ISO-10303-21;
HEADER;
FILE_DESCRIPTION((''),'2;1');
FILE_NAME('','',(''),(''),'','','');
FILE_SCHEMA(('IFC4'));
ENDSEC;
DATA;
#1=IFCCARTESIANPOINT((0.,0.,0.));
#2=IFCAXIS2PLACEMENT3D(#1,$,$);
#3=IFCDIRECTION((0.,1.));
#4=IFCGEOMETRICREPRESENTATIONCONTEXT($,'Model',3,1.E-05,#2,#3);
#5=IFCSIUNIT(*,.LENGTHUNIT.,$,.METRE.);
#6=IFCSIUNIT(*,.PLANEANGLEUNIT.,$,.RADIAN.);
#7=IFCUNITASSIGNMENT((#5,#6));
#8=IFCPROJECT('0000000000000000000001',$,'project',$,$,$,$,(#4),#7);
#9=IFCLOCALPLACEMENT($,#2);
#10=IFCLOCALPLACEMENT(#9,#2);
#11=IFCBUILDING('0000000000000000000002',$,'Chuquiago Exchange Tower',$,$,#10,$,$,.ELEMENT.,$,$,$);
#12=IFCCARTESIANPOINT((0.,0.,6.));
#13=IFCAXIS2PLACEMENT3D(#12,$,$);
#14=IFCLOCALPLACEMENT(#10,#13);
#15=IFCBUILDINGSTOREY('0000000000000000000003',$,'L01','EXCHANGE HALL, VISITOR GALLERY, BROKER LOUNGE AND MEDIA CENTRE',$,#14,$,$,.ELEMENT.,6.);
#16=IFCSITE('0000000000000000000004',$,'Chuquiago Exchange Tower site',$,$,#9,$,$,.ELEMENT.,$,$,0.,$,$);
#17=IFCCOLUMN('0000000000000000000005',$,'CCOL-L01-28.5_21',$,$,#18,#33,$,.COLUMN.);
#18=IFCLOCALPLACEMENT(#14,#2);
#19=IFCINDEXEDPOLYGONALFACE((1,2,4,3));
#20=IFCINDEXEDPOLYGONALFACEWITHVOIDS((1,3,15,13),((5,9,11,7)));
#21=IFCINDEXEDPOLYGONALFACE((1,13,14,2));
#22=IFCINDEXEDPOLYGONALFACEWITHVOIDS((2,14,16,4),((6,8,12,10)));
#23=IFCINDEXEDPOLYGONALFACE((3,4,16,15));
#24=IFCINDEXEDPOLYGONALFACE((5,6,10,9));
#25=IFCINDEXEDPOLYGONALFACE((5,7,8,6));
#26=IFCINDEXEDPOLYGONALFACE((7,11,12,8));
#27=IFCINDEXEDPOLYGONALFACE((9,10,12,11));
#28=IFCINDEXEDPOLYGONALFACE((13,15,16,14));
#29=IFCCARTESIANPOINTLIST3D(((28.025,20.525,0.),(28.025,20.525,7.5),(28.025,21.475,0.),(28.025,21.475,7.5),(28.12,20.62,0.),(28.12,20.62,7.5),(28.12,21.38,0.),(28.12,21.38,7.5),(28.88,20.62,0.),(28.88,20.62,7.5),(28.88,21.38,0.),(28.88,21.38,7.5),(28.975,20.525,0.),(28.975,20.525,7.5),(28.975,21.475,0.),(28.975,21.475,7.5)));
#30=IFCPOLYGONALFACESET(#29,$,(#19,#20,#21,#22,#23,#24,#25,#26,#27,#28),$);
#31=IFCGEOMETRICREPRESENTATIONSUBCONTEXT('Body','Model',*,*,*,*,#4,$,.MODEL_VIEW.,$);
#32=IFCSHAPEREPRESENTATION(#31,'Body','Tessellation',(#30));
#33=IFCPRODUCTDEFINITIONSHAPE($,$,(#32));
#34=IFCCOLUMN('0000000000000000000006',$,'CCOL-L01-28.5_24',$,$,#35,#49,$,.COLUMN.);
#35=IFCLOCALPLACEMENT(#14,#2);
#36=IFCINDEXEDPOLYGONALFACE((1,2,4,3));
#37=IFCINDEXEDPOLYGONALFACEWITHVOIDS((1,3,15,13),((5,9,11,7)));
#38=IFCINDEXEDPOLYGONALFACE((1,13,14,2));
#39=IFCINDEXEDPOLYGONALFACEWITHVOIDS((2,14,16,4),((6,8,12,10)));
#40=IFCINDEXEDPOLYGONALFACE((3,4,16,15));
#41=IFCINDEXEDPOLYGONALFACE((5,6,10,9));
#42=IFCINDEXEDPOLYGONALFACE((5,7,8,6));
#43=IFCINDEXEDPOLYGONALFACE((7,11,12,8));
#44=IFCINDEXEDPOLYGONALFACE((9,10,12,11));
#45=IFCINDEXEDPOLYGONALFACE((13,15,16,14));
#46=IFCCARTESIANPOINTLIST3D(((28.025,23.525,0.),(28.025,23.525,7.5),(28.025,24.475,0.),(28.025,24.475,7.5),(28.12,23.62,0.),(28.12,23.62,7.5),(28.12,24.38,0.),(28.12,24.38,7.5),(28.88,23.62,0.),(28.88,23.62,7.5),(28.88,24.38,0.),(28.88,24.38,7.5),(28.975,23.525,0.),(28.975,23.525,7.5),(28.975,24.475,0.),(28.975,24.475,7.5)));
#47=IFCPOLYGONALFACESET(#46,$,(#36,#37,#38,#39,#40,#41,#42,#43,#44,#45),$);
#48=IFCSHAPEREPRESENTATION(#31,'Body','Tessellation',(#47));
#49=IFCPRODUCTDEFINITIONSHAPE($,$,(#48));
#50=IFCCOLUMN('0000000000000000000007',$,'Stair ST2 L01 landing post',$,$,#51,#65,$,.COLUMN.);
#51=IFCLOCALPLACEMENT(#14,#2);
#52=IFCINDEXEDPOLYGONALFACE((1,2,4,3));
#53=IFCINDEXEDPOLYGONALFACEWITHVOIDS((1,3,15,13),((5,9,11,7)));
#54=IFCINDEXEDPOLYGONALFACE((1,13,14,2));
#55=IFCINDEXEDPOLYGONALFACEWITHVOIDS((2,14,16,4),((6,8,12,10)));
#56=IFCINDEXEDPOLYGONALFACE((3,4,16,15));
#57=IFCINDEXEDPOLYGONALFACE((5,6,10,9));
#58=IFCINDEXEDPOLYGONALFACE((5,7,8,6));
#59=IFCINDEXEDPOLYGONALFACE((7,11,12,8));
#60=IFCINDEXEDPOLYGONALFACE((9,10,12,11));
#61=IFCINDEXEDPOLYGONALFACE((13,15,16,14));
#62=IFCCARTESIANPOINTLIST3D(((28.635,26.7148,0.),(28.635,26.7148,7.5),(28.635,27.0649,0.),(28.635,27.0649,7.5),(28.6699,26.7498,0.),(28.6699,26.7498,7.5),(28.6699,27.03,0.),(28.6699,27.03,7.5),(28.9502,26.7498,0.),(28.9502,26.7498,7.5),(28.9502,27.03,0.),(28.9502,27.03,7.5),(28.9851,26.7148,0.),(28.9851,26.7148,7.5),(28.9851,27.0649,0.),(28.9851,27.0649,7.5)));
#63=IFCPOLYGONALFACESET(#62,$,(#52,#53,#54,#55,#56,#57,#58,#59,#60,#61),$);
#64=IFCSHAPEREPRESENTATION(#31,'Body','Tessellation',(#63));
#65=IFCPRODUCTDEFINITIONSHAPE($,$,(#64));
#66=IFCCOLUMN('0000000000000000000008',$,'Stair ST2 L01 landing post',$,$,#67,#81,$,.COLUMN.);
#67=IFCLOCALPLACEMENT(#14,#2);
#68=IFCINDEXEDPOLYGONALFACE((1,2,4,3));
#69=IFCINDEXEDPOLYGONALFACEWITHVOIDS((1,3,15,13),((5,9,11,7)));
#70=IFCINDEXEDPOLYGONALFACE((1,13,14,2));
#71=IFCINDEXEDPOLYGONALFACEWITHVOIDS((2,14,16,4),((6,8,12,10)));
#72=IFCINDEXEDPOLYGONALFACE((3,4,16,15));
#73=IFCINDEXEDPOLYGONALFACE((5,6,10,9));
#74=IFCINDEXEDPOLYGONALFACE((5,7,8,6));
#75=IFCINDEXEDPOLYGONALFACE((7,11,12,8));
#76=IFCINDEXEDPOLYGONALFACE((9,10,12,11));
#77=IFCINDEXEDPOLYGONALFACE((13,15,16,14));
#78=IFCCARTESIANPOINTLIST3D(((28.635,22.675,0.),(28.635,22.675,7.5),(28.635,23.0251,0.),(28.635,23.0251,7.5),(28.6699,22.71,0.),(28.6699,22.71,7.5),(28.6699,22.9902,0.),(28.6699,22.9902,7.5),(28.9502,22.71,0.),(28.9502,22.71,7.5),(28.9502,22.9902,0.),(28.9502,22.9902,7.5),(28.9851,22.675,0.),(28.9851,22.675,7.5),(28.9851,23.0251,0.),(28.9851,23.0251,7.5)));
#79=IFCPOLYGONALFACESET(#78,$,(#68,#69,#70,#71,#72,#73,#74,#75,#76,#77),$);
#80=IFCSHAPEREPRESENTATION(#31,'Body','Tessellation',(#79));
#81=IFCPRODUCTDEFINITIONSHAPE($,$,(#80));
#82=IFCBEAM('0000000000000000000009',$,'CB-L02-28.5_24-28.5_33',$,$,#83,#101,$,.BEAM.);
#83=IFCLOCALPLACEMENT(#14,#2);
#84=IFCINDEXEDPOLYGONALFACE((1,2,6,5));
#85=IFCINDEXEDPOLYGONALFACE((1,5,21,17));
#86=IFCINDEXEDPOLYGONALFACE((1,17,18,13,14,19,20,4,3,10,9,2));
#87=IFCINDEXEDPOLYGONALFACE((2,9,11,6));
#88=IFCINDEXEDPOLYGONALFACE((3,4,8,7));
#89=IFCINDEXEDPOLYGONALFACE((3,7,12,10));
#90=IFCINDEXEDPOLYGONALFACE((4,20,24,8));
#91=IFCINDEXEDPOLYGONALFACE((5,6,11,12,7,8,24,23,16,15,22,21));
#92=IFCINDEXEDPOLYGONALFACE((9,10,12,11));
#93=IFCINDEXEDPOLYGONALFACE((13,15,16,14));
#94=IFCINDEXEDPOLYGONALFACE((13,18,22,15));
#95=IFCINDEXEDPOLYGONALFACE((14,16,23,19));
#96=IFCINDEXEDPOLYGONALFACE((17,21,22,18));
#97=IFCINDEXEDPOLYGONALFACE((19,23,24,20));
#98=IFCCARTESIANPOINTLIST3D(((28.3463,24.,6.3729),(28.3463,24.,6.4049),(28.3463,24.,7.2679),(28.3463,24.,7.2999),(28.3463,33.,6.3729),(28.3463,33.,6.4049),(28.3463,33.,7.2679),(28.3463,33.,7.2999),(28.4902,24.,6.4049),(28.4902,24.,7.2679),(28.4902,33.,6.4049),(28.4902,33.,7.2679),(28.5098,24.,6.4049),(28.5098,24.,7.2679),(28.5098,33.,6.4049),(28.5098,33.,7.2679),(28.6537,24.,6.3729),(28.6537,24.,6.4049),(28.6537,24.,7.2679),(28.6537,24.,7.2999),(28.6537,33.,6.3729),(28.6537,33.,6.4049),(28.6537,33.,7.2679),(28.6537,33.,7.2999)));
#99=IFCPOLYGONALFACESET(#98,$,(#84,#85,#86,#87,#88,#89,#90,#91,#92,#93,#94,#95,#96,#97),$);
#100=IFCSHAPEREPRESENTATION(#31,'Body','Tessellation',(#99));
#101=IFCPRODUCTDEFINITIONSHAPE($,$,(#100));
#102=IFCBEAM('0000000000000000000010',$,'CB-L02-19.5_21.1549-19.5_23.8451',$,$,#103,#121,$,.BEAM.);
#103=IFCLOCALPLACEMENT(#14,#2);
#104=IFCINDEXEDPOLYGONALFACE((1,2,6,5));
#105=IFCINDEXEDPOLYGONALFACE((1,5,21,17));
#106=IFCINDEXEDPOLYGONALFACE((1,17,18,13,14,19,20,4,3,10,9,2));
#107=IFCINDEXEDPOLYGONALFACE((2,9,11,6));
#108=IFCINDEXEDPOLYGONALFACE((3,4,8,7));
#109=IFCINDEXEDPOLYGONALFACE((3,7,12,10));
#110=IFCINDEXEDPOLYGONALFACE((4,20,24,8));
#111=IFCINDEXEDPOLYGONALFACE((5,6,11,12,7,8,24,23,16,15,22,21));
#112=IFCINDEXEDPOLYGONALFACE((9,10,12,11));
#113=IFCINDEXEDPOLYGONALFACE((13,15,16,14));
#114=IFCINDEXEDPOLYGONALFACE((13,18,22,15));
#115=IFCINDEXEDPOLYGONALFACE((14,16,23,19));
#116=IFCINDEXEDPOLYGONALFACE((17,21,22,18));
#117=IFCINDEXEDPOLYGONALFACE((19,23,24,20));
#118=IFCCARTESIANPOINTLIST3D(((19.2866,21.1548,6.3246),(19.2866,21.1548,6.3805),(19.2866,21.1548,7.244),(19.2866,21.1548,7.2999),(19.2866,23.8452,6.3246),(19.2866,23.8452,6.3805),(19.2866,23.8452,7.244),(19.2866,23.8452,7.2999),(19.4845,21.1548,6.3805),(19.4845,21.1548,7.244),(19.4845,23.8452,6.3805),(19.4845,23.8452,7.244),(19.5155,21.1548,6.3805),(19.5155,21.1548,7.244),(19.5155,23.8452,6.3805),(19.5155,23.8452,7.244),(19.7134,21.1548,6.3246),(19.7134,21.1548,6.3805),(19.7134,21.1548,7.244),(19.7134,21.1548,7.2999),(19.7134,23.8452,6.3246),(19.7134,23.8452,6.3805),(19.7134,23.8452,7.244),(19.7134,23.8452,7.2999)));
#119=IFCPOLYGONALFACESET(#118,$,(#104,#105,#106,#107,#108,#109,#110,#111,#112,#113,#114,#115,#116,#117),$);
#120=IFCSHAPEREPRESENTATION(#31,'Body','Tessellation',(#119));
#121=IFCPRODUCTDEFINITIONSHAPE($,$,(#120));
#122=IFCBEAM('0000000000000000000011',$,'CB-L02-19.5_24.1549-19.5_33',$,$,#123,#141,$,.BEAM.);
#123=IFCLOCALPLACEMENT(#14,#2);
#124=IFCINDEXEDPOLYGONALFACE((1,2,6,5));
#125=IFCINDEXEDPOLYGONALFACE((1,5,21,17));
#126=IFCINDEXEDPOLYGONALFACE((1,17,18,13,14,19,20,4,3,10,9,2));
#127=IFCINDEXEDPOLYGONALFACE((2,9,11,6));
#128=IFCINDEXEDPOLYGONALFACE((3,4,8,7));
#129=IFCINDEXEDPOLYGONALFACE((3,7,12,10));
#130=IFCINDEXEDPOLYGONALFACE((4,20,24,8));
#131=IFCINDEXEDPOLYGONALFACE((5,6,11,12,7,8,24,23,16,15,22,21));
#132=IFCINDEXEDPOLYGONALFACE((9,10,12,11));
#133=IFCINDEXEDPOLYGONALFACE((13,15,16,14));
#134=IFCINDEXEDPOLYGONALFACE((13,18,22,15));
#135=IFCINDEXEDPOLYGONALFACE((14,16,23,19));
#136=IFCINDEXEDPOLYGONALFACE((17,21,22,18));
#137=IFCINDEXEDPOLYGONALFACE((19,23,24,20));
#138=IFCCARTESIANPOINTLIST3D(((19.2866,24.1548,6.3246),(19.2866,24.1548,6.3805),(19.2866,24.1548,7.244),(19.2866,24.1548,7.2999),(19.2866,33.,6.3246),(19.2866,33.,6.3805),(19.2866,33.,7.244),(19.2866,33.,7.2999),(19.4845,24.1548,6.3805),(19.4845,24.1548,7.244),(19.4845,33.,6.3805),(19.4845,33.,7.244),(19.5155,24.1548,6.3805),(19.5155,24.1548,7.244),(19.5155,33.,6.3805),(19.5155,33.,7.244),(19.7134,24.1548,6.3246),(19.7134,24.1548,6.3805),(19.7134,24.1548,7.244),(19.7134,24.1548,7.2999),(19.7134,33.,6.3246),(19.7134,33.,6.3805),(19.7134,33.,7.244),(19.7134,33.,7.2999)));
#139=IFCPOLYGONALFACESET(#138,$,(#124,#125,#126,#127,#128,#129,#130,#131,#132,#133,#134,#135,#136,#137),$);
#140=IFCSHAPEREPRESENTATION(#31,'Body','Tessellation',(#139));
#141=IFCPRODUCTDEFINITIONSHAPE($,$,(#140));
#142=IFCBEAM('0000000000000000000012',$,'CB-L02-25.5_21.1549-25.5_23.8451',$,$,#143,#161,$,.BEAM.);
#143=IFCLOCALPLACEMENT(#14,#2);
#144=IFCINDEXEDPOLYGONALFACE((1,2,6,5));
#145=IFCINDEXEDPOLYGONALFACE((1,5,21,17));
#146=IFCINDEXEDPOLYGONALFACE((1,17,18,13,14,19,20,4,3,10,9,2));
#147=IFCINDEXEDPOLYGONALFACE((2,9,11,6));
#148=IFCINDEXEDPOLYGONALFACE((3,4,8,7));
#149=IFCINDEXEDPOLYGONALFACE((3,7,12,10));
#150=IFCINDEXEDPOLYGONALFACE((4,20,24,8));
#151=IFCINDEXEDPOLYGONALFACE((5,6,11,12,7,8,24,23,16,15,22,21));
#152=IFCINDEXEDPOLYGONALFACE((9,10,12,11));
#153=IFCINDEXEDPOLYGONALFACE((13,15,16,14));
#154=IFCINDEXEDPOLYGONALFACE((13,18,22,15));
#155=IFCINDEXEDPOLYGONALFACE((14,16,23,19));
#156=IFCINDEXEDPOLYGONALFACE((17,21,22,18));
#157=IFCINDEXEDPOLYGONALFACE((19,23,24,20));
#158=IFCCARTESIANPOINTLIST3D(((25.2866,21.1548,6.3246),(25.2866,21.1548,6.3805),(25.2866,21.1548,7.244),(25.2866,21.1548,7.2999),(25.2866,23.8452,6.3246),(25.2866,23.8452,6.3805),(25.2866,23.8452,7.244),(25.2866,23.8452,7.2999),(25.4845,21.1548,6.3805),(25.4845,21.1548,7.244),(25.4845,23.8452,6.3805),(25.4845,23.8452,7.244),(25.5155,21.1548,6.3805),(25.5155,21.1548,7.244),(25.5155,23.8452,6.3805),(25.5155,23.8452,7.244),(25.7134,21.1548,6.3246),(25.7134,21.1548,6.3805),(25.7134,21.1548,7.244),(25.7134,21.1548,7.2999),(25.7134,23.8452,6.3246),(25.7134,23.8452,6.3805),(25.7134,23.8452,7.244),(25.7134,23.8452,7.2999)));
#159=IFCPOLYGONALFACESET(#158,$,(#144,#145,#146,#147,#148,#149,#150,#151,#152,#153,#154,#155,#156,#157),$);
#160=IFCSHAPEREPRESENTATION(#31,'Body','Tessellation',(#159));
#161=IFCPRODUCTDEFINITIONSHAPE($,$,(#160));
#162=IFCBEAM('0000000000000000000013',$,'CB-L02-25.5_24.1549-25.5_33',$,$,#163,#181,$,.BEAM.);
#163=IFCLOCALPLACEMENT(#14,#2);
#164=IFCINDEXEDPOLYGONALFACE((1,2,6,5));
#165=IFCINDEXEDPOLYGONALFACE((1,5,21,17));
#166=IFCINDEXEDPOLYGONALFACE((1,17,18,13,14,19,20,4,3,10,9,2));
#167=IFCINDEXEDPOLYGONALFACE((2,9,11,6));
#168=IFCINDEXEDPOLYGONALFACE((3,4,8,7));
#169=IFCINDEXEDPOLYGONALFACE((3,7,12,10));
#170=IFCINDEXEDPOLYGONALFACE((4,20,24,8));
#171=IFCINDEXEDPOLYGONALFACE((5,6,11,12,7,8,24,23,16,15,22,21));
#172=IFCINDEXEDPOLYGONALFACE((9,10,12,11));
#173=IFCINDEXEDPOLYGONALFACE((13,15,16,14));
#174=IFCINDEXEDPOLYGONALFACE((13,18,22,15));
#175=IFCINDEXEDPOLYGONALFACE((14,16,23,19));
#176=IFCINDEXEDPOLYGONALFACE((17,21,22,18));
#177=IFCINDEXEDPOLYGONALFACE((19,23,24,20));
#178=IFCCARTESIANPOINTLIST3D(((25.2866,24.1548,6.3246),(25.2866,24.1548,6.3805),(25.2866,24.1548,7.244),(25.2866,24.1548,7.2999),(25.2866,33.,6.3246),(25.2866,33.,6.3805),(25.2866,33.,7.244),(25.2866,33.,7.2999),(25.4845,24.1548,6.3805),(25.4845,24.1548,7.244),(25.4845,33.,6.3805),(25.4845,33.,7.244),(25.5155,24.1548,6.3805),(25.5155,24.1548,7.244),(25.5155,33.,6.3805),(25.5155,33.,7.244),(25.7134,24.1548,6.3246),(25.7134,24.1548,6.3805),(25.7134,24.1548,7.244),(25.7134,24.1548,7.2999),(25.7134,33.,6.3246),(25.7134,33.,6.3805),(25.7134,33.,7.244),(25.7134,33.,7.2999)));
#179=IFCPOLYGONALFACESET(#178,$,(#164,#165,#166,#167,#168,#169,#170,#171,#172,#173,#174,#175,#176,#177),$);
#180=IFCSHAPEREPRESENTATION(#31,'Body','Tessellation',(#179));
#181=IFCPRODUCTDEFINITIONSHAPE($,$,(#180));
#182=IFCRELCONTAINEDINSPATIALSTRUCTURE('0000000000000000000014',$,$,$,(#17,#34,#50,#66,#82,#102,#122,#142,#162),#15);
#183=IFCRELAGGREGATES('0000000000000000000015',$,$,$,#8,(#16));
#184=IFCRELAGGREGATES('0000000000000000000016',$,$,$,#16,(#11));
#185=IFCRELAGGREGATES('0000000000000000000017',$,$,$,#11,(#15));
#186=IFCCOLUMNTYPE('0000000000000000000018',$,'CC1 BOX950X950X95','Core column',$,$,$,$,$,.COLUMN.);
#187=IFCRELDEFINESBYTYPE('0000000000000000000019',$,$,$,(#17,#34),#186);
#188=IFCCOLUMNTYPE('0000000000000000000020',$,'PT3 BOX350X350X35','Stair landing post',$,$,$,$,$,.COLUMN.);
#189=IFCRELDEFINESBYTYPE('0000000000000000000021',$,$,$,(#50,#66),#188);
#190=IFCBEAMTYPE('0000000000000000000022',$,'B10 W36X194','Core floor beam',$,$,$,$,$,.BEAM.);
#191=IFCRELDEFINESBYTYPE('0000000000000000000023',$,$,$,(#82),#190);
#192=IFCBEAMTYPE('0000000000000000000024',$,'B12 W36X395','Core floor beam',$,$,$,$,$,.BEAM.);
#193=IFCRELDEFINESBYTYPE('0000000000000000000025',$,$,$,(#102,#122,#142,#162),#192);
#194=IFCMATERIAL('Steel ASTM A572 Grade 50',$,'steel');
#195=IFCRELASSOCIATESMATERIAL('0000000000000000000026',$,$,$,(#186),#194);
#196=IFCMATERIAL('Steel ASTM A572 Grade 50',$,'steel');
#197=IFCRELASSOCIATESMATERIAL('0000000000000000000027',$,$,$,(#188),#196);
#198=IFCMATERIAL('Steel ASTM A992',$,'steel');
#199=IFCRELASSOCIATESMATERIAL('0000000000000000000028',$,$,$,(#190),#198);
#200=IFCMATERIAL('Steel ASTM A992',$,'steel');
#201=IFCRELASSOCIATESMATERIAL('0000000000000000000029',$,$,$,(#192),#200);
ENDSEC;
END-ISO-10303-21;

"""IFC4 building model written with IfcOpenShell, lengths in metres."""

from ifc_helpers import new_model, si_unit, direction, frame, origin, origin_2d, place, context, subcontext, project, spatial, hollow_rectangle, i_section, extrude, material, material_profile, profile_set, type_object, element, save


model = new_model("IFC4")

# Units and contexts
model_context = context("Model", 3, precision=1e-05, world=origin(), true_north=direction((0.0, 1.0)))
body_context = subcontext(model_context, "Body", "Model", "MODEL_VIEW")
ifc_project = project(units=[si_unit("LENGTHUNIT", "METRE"), si_unit("PLANEANGLEUNIT", "RADIAN")], contexts=[model_context])

# Site, building, storey
site_placement = place(None, origin())
site = spatial("IfcSite", under=ifc_project, at=site_placement, Name="Chuquiago Exchange Tower site", CompositionType="ELEMENT", RefElevation=0.0)
building_placement = place(site_placement, origin())
building = spatial("IfcBuilding", under=site, at=building_placement, Name="Chuquiago Exchange Tower", CompositionType="ELEMENT")
storey_placement = place(building_placement, frame((0.0, 0.0, 6.0)))
storey = spatial("IfcBuildingStorey", under=building, at=storey_placement, Name="L01", Description="EXCHANGE HALL, VISITOR GALLERY, BROKER LOUNGE AND MEDIA CENTRE", CompositionType="ELEMENT", Elevation=6.0)

# Columns
ifc_material_1 = material(Name="Steel ASTM A572 Grade 50", Category="steel")
ifc_material_profile_1 = material_profile(ifc_material_1, hollow_rectangle(XDim=0.95, YDim=0.95, WallThickness=0.095, at=origin_2d()), Name="BOX950X950X95")
ifc_profile_set_1 = profile_set([ifc_material_profile_1], Name="Steel ASTM A572 Grade 50")
column_type_1 = type_object("IfcColumnType", Name="CC1 BOX950X950X95", Description="Core column", PredefinedType="COLUMN", material=ifc_profile_set_1)
for number, where, z_axis, x_axis, name in (
    (1, (28.5, 21.0, 0.0), (0.0, 0.0, 1.0), (1.0, 0.0, 0.0), "CCOL-L01-28.5_21"),
    (2, (28.5, 24.0, 0.0), (0.0, 0.0, 1.0), (1.0, 0.0, 0.0), "CCOL-L01-28.5_24"),
):
    element("IfcColumn", number, at=place(storey_placement, frame(where, z_axis=z_axis, x_axis=x_axis)), inside=storey, type_object=column_type_1, Name=name, PredefinedType="COLUMN", context=body_context, shape_type="SweptSolid", body=[
        extrude(hollow_rectangle(XDim=0.95, YDim=0.95, WallThickness=0.095, at=origin_2d()), origin(), (0.0, 0.0, 1.0), 7.5),
    ])
ifc_material_2 = material(Name="Steel ASTM A572 Grade 50", Category="steel")
ifc_material_profile_2 = material_profile(ifc_material_2, hollow_rectangle(XDim=0.3501, YDim=0.3501, WallThickness=0.0349, at=origin_2d()), Name="BOX350X350X35")
ifc_profile_set_2 = profile_set([ifc_material_profile_2], Name="Steel ASTM A572 Grade 50")
column_type_2 = type_object("IfcColumnType", Name="PT3 BOX350X350X35", Description="Stair landing post", PredefinedType="COLUMN", material=ifc_profile_set_2)
for number, where, z_axis, x_axis, name in (
    (3, (28.8101, 26.8899, 0.0), (0.0, 0.0, 1.0), (1.0, 0.0, 0.0), "Stair ST2 L01 landing post"),
    (4, (28.8101, 22.8501, 0.0), (0.0, 0.0, 1.0), (1.0, 0.0, 0.0), "Stair ST2 L01 landing post"),
):
    element("IfcColumn", number, at=place(storey_placement, frame(where, z_axis=z_axis, x_axis=x_axis)), inside=storey, type_object=column_type_2, Name=name, PredefinedType="COLUMN", context=body_context, shape_type="SweptSolid", body=[
        extrude(hollow_rectangle(XDim=0.3501, YDim=0.3501, WallThickness=0.0349, at=origin_2d()), origin(), (0.0, 0.0, 1.0), 7.5),
    ])

# Beams
ifc_material_3 = material(Name="Steel ASTM A992", Category="steel")
ifc_material_profile_3 = material_profile(ifc_material_3, i_section(OverallWidth=0.3074, OverallDepth=0.927, WebThickness=0.0195, FlangeThickness=0.032, at=origin_2d()), Name="W36X194")
ifc_profile_set_3 = profile_set([ifc_material_profile_3], Name="Steel ASTM A992")
beam_type_1 = type_object("IfcBeamType", Name="B10 W36X194", Description="Core floor beam", PredefinedType="BEAM", material=ifc_profile_set_3)
beam_1_placement = place(storey_placement, frame((28.5, 24.0, 6.8364), z_axis=(0.0, 1.0, 0.0), x_axis=(-1.0, 0.0, 0.0)))
element("IfcBeam", 5, at=beam_1_placement, inside=storey, type_object=beam_type_1, Name="CB-L02-28.5_24-28.5_33", PredefinedType="BEAM", context=body_context, shape_type="SweptSolid", body=[
    extrude(i_section(OverallWidth=0.3074, OverallDepth=0.927, WebThickness=0.0195, FlangeThickness=0.032, at=origin_2d()), origin(), (0.0, 0.0, 1.0), 9.0),
])
ifc_material_4 = material(Name="Steel ASTM A992", Category="steel")
ifc_material_profile_4 = material_profile(ifc_material_4, i_section(OverallWidth=0.4268, OverallDepth=0.9753, WebThickness=0.031, FlangeThickness=0.0559, at=origin_2d()), Name="W36X395")
ifc_profile_set_4 = profile_set([ifc_material_profile_4], Name="Steel ASTM A992")
beam_type_2 = type_object("IfcBeamType", Name="B12 W36X395", Description="Core floor beam", PredefinedType="BEAM", material=ifc_profile_set_4)
beam_2_placement = place(storey_placement, frame((19.5, 21.1548, 6.8123), z_axis=(0.0, 1.0, 0.0), x_axis=(-1.0, 0.0, 0.0)))
element("IfcBeam", 6, at=beam_2_placement, inside=storey, type_object=beam_type_2, Name="CB-L02-19.5_21.1549-19.5_23.8451", PredefinedType="BEAM", context=body_context, shape_type="SweptSolid", body=[
    extrude(i_section(OverallWidth=0.4268, OverallDepth=0.9753, WebThickness=0.031, FlangeThickness=0.0559, at=origin_2d()), origin(), (0.0, 0.0, 1.0), 2.6904),
])
beam_3_placement = place(storey_placement, frame((19.5, 24.1548, 6.8123), z_axis=(0.0, 1.0, 0.0), x_axis=(-1.0, 0.0, 0.0)))
element("IfcBeam", 7, at=beam_3_placement, inside=storey, type_object=beam_type_2, Name="CB-L02-19.5_24.1549-19.5_33", PredefinedType="BEAM", context=body_context, shape_type="SweptSolid", body=[
    extrude(i_section(OverallWidth=0.4268, OverallDepth=0.9753, WebThickness=0.031, FlangeThickness=0.0559, at=origin_2d()), origin(), (0.0, 0.0, 1.0), 8.8452),
])
beam_4_placement = place(storey_placement, frame((25.5, 21.1548, 6.8123), z_axis=(0.0, 1.0, 0.0), x_axis=(-1.0, 0.0, 0.0)))
element("IfcBeam", 8, at=beam_4_placement, inside=storey, type_object=beam_type_2, Name="CB-L02-25.5_21.1549-25.5_23.8451", PredefinedType="BEAM", context=body_context, shape_type="SweptSolid", body=[
    extrude(i_section(OverallWidth=0.4268, OverallDepth=0.9753, WebThickness=0.031, FlangeThickness=0.0559, at=origin_2d()), origin(), (0.0, 0.0, 1.0), 2.6904),
])
beam_5_placement = place(storey_placement, frame((25.5, 24.1548, 6.8123), z_axis=(0.0, 1.0, 0.0), x_axis=(-1.0, 0.0, 0.0)))
element("IfcBeam", 9, at=beam_5_placement, inside=storey, type_object=beam_type_2, Name="CB-L02-25.5_24.1549-25.5_33", PredefinedType="BEAM", context=body_context, shape_type="SweptSolid", body=[
    extrude(i_section(OverallWidth=0.4268, OverallDepth=0.9753, WebThickness=0.031, FlangeThickness=0.0559, at=origin_2d()), origin(), (0.0, 0.0, 1.0), 8.8452),
])

save(model, "model.ifc")
